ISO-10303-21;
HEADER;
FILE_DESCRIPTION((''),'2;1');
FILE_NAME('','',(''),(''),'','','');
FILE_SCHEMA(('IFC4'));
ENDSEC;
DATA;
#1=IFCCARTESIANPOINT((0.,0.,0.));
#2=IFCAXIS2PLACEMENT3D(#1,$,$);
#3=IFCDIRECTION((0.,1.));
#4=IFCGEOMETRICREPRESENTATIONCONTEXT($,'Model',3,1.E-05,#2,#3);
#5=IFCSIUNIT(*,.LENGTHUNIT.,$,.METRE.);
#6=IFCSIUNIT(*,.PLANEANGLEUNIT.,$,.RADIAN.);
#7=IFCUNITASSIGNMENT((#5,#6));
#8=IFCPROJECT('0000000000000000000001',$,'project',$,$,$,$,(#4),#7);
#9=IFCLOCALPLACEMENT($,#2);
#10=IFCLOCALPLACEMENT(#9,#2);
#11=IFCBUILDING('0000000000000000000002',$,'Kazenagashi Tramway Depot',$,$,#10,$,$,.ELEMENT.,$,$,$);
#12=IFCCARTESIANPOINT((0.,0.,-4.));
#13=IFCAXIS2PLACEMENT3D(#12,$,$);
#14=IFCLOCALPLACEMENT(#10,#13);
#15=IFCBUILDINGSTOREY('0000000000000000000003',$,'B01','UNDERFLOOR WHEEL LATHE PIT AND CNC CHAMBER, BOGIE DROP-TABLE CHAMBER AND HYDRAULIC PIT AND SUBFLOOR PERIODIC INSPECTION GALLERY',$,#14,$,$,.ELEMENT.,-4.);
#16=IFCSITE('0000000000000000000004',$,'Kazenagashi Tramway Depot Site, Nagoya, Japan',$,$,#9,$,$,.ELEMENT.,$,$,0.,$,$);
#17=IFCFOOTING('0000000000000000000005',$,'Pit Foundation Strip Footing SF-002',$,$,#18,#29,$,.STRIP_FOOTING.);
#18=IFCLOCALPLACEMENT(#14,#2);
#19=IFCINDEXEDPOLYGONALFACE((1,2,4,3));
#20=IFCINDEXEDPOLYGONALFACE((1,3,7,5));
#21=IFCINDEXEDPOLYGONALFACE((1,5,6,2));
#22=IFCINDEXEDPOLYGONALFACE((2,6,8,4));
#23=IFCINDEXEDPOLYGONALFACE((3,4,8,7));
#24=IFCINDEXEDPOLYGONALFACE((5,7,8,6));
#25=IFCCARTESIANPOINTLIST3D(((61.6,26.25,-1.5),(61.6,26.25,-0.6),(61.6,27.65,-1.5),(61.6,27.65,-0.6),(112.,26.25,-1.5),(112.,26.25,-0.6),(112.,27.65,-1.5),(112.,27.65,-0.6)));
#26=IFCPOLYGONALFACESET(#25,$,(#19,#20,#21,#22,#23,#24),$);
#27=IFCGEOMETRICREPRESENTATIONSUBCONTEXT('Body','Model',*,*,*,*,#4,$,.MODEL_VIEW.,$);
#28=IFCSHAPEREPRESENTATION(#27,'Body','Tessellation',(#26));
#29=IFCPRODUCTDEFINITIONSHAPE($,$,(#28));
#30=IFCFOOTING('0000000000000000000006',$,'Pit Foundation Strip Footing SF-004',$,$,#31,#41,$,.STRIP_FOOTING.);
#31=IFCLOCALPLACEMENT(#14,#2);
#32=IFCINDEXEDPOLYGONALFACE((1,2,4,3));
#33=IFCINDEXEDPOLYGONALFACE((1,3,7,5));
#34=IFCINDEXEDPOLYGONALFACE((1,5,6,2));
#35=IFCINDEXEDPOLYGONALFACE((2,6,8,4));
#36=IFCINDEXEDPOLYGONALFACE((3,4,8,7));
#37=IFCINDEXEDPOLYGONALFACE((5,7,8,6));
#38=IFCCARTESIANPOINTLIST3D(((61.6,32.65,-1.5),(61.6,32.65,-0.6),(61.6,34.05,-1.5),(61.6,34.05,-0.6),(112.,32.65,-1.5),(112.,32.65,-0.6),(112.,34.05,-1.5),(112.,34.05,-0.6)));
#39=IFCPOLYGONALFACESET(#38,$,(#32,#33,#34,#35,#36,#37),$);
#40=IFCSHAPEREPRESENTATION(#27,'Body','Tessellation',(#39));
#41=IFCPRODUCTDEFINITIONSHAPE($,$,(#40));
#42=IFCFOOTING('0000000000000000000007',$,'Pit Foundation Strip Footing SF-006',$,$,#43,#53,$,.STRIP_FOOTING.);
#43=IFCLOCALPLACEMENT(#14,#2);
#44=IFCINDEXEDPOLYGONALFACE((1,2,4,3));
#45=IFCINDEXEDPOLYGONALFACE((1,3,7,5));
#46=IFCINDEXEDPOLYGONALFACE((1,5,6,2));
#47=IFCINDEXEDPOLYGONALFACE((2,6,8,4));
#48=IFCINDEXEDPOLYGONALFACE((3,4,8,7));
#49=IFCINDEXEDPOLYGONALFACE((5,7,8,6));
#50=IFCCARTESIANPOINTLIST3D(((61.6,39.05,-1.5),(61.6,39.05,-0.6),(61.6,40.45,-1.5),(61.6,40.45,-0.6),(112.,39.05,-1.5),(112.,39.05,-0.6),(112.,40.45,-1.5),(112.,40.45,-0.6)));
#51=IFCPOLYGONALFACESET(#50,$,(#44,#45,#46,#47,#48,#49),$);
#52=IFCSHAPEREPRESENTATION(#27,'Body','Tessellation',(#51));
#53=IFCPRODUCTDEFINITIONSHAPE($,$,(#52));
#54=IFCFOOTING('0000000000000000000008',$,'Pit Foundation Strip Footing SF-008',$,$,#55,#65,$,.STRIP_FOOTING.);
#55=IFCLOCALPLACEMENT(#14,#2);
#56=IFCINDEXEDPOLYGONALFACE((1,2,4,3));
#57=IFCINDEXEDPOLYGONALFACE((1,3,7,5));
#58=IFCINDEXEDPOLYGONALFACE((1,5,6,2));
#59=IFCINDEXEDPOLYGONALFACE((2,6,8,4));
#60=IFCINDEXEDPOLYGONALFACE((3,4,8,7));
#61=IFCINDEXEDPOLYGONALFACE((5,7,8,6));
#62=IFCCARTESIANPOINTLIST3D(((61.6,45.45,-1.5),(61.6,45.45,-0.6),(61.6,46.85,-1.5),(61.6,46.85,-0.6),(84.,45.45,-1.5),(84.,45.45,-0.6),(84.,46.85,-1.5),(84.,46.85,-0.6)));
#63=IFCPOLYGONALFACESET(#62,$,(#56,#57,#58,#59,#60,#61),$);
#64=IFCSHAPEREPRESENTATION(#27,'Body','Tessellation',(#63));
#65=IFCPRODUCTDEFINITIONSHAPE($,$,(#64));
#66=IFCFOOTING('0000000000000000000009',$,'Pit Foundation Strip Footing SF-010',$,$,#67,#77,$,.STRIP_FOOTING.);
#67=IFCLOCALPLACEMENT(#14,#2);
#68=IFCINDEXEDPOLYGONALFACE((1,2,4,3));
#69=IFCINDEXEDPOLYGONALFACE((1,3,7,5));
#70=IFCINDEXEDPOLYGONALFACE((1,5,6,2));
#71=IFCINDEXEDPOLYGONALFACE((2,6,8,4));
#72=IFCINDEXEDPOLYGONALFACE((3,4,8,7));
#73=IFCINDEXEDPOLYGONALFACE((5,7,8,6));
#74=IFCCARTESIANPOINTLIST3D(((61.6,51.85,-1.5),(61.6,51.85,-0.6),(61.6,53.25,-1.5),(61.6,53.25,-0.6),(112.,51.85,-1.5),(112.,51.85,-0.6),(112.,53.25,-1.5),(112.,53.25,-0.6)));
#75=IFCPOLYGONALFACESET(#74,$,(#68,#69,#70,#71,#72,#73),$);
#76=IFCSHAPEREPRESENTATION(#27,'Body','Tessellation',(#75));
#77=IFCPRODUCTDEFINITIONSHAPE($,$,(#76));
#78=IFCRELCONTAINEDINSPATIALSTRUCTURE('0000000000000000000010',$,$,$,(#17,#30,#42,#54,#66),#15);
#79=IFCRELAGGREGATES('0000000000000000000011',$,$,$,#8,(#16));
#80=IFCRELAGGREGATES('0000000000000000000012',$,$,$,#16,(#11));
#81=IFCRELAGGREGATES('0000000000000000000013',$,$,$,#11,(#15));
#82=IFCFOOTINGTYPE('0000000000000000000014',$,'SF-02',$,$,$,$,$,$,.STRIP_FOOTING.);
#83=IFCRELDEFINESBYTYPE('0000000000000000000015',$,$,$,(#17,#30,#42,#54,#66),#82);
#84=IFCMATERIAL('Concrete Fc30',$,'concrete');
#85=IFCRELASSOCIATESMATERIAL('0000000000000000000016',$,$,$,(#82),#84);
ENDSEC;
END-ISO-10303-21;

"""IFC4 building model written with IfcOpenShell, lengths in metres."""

from ifc_helpers import new_model, si_unit, direction, frame, origin, place, context, subcontext, project, spatial, polyline, outline, extrude, material, type_object, element, save


model = new_model("IFC4")

# Units and contexts
model_context = context("Model", 3, precision=1e-05, world=origin(), true_north=direction((0.0, 1.0)))
body_context = subcontext(model_context, "Body", "Model", "MODEL_VIEW")
ifc_project = project(units=[si_unit("LENGTHUNIT", "METRE"), si_unit("PLANEANGLEUNIT", "RADIAN")], contexts=[model_context])

# Site, building, storey
site_placement = place(None, origin())
site = spatial("IfcSite", under=ifc_project, at=site_placement, Name="Kazenagashi Tramway Depot Site, Nagoya, Japan", CompositionType="ELEMENT", RefElevation=0.0)
building_placement = place(site_placement, origin())
building = spatial("IfcBuilding", under=site, at=building_placement, Name="Kazenagashi Tramway Depot", CompositionType="ELEMENT")
storey_placement = place(building_placement, frame((0.0, 0.0, -4.0)))
storey = spatial("IfcBuildingStorey", under=building, at=storey_placement, Name="B01", Description="UNDERFLOOR WHEEL LATHE PIT AND CNC CHAMBER, BOGIE DROP-TABLE CHAMBER AND HYDRAULIC PIT AND SUBFLOOR PERIODIC INSPECTION GALLERY", CompositionType="ELEMENT", Elevation=-4.0)

# Footings
ifc_material = material(Name="Concrete Fc30", Category="concrete")
footing_type_1 = type_object("IfcFootingType", Name="SF-02", PredefinedType="STRIP_FOOTING", material=ifc_material)
footing_1_placement = place(storey_placement, frame((0.0, 0.0, -1.5)))
element("IfcFooting", 1, at=footing_1_placement, inside=storey, type_object=footing_type_1, Name="Pit Foundation Strip Footing SF-002", PredefinedType="STRIP_FOOTING", context=body_context, shape_type="SweptSolid", body=[
    extrude(outline(polyline([(61.6, 26.25), (112.0, 26.25), (112.0, 27.65), (61.6, 27.65), (61.6, 26.25)])), origin(), (0.0, 0.0, 1.0), 0.9),
])
footing_2_placement = place(storey_placement, frame((0.0, 0.0, -1.5)))
element("IfcFooting", 2, at=footing_2_placement, inside=storey, type_object=footing_type_1, Name="Pit Foundation Strip Footing SF-004", PredefinedType="STRIP_FOOTING", context=body_context, shape_type="SweptSolid", body=[
    extrude(outline(polyline([(61.6, 32.65), (112.0, 32.65), (112.0, 34.05), (61.6, 34.05), (61.6, 32.65)])), origin(), (0.0, 0.0, 1.0), 0.9),
])
footing_3_placement = place(storey_placement, frame((0.0, 0.0, -1.5)))
element("IfcFooting", 3, at=footing_3_placement, inside=storey, type_object=footing_type_1, Name="Pit Foundation Strip Footing SF-006", PredefinedType="STRIP_FOOTING", context=body_context, shape_type="SweptSolid", body=[
    extrude(outline(polyline([(61.6, 39.05), (112.0, 39.05), (112.0, 40.45), (61.6, 40.45), (61.6, 39.05)])), origin(), (0.0, 0.0, 1.0), 0.9),
])
footing_4_placement = place(storey_placement, frame((0.0, 0.0, -1.5)))
element("IfcFooting", 4, at=footing_4_placement, inside=storey, type_object=footing_type_1, Name="Pit Foundation Strip Footing SF-008", PredefinedType="STRIP_FOOTING", context=body_context, shape_type="SweptSolid", body=[
    extrude(outline(polyline([(61.6, 45.45), (84.0, 45.45), (84.0, 46.85), (61.6, 46.85), (61.6, 45.45)])), origin(), (0.0, 0.0, 1.0), 0.9),
])
footing_5_placement = place(storey_placement, frame((0.0, 0.0, -1.5)))
element("IfcFooting", 5, at=footing_5_placement, inside=storey, type_object=footing_type_1, Name="Pit Foundation Strip Footing SF-010", PredefinedType="STRIP_FOOTING", context=body_context, shape_type="SweptSolid", body=[
    extrude(outline(polyline([(61.6, 51.85), (112.0, 51.85), (112.0, 53.25), (61.6, 53.25), (61.6, 51.85)])), origin(), (0.0, 0.0, 1.0), 0.9),
])

save(model, "model.ifc")
